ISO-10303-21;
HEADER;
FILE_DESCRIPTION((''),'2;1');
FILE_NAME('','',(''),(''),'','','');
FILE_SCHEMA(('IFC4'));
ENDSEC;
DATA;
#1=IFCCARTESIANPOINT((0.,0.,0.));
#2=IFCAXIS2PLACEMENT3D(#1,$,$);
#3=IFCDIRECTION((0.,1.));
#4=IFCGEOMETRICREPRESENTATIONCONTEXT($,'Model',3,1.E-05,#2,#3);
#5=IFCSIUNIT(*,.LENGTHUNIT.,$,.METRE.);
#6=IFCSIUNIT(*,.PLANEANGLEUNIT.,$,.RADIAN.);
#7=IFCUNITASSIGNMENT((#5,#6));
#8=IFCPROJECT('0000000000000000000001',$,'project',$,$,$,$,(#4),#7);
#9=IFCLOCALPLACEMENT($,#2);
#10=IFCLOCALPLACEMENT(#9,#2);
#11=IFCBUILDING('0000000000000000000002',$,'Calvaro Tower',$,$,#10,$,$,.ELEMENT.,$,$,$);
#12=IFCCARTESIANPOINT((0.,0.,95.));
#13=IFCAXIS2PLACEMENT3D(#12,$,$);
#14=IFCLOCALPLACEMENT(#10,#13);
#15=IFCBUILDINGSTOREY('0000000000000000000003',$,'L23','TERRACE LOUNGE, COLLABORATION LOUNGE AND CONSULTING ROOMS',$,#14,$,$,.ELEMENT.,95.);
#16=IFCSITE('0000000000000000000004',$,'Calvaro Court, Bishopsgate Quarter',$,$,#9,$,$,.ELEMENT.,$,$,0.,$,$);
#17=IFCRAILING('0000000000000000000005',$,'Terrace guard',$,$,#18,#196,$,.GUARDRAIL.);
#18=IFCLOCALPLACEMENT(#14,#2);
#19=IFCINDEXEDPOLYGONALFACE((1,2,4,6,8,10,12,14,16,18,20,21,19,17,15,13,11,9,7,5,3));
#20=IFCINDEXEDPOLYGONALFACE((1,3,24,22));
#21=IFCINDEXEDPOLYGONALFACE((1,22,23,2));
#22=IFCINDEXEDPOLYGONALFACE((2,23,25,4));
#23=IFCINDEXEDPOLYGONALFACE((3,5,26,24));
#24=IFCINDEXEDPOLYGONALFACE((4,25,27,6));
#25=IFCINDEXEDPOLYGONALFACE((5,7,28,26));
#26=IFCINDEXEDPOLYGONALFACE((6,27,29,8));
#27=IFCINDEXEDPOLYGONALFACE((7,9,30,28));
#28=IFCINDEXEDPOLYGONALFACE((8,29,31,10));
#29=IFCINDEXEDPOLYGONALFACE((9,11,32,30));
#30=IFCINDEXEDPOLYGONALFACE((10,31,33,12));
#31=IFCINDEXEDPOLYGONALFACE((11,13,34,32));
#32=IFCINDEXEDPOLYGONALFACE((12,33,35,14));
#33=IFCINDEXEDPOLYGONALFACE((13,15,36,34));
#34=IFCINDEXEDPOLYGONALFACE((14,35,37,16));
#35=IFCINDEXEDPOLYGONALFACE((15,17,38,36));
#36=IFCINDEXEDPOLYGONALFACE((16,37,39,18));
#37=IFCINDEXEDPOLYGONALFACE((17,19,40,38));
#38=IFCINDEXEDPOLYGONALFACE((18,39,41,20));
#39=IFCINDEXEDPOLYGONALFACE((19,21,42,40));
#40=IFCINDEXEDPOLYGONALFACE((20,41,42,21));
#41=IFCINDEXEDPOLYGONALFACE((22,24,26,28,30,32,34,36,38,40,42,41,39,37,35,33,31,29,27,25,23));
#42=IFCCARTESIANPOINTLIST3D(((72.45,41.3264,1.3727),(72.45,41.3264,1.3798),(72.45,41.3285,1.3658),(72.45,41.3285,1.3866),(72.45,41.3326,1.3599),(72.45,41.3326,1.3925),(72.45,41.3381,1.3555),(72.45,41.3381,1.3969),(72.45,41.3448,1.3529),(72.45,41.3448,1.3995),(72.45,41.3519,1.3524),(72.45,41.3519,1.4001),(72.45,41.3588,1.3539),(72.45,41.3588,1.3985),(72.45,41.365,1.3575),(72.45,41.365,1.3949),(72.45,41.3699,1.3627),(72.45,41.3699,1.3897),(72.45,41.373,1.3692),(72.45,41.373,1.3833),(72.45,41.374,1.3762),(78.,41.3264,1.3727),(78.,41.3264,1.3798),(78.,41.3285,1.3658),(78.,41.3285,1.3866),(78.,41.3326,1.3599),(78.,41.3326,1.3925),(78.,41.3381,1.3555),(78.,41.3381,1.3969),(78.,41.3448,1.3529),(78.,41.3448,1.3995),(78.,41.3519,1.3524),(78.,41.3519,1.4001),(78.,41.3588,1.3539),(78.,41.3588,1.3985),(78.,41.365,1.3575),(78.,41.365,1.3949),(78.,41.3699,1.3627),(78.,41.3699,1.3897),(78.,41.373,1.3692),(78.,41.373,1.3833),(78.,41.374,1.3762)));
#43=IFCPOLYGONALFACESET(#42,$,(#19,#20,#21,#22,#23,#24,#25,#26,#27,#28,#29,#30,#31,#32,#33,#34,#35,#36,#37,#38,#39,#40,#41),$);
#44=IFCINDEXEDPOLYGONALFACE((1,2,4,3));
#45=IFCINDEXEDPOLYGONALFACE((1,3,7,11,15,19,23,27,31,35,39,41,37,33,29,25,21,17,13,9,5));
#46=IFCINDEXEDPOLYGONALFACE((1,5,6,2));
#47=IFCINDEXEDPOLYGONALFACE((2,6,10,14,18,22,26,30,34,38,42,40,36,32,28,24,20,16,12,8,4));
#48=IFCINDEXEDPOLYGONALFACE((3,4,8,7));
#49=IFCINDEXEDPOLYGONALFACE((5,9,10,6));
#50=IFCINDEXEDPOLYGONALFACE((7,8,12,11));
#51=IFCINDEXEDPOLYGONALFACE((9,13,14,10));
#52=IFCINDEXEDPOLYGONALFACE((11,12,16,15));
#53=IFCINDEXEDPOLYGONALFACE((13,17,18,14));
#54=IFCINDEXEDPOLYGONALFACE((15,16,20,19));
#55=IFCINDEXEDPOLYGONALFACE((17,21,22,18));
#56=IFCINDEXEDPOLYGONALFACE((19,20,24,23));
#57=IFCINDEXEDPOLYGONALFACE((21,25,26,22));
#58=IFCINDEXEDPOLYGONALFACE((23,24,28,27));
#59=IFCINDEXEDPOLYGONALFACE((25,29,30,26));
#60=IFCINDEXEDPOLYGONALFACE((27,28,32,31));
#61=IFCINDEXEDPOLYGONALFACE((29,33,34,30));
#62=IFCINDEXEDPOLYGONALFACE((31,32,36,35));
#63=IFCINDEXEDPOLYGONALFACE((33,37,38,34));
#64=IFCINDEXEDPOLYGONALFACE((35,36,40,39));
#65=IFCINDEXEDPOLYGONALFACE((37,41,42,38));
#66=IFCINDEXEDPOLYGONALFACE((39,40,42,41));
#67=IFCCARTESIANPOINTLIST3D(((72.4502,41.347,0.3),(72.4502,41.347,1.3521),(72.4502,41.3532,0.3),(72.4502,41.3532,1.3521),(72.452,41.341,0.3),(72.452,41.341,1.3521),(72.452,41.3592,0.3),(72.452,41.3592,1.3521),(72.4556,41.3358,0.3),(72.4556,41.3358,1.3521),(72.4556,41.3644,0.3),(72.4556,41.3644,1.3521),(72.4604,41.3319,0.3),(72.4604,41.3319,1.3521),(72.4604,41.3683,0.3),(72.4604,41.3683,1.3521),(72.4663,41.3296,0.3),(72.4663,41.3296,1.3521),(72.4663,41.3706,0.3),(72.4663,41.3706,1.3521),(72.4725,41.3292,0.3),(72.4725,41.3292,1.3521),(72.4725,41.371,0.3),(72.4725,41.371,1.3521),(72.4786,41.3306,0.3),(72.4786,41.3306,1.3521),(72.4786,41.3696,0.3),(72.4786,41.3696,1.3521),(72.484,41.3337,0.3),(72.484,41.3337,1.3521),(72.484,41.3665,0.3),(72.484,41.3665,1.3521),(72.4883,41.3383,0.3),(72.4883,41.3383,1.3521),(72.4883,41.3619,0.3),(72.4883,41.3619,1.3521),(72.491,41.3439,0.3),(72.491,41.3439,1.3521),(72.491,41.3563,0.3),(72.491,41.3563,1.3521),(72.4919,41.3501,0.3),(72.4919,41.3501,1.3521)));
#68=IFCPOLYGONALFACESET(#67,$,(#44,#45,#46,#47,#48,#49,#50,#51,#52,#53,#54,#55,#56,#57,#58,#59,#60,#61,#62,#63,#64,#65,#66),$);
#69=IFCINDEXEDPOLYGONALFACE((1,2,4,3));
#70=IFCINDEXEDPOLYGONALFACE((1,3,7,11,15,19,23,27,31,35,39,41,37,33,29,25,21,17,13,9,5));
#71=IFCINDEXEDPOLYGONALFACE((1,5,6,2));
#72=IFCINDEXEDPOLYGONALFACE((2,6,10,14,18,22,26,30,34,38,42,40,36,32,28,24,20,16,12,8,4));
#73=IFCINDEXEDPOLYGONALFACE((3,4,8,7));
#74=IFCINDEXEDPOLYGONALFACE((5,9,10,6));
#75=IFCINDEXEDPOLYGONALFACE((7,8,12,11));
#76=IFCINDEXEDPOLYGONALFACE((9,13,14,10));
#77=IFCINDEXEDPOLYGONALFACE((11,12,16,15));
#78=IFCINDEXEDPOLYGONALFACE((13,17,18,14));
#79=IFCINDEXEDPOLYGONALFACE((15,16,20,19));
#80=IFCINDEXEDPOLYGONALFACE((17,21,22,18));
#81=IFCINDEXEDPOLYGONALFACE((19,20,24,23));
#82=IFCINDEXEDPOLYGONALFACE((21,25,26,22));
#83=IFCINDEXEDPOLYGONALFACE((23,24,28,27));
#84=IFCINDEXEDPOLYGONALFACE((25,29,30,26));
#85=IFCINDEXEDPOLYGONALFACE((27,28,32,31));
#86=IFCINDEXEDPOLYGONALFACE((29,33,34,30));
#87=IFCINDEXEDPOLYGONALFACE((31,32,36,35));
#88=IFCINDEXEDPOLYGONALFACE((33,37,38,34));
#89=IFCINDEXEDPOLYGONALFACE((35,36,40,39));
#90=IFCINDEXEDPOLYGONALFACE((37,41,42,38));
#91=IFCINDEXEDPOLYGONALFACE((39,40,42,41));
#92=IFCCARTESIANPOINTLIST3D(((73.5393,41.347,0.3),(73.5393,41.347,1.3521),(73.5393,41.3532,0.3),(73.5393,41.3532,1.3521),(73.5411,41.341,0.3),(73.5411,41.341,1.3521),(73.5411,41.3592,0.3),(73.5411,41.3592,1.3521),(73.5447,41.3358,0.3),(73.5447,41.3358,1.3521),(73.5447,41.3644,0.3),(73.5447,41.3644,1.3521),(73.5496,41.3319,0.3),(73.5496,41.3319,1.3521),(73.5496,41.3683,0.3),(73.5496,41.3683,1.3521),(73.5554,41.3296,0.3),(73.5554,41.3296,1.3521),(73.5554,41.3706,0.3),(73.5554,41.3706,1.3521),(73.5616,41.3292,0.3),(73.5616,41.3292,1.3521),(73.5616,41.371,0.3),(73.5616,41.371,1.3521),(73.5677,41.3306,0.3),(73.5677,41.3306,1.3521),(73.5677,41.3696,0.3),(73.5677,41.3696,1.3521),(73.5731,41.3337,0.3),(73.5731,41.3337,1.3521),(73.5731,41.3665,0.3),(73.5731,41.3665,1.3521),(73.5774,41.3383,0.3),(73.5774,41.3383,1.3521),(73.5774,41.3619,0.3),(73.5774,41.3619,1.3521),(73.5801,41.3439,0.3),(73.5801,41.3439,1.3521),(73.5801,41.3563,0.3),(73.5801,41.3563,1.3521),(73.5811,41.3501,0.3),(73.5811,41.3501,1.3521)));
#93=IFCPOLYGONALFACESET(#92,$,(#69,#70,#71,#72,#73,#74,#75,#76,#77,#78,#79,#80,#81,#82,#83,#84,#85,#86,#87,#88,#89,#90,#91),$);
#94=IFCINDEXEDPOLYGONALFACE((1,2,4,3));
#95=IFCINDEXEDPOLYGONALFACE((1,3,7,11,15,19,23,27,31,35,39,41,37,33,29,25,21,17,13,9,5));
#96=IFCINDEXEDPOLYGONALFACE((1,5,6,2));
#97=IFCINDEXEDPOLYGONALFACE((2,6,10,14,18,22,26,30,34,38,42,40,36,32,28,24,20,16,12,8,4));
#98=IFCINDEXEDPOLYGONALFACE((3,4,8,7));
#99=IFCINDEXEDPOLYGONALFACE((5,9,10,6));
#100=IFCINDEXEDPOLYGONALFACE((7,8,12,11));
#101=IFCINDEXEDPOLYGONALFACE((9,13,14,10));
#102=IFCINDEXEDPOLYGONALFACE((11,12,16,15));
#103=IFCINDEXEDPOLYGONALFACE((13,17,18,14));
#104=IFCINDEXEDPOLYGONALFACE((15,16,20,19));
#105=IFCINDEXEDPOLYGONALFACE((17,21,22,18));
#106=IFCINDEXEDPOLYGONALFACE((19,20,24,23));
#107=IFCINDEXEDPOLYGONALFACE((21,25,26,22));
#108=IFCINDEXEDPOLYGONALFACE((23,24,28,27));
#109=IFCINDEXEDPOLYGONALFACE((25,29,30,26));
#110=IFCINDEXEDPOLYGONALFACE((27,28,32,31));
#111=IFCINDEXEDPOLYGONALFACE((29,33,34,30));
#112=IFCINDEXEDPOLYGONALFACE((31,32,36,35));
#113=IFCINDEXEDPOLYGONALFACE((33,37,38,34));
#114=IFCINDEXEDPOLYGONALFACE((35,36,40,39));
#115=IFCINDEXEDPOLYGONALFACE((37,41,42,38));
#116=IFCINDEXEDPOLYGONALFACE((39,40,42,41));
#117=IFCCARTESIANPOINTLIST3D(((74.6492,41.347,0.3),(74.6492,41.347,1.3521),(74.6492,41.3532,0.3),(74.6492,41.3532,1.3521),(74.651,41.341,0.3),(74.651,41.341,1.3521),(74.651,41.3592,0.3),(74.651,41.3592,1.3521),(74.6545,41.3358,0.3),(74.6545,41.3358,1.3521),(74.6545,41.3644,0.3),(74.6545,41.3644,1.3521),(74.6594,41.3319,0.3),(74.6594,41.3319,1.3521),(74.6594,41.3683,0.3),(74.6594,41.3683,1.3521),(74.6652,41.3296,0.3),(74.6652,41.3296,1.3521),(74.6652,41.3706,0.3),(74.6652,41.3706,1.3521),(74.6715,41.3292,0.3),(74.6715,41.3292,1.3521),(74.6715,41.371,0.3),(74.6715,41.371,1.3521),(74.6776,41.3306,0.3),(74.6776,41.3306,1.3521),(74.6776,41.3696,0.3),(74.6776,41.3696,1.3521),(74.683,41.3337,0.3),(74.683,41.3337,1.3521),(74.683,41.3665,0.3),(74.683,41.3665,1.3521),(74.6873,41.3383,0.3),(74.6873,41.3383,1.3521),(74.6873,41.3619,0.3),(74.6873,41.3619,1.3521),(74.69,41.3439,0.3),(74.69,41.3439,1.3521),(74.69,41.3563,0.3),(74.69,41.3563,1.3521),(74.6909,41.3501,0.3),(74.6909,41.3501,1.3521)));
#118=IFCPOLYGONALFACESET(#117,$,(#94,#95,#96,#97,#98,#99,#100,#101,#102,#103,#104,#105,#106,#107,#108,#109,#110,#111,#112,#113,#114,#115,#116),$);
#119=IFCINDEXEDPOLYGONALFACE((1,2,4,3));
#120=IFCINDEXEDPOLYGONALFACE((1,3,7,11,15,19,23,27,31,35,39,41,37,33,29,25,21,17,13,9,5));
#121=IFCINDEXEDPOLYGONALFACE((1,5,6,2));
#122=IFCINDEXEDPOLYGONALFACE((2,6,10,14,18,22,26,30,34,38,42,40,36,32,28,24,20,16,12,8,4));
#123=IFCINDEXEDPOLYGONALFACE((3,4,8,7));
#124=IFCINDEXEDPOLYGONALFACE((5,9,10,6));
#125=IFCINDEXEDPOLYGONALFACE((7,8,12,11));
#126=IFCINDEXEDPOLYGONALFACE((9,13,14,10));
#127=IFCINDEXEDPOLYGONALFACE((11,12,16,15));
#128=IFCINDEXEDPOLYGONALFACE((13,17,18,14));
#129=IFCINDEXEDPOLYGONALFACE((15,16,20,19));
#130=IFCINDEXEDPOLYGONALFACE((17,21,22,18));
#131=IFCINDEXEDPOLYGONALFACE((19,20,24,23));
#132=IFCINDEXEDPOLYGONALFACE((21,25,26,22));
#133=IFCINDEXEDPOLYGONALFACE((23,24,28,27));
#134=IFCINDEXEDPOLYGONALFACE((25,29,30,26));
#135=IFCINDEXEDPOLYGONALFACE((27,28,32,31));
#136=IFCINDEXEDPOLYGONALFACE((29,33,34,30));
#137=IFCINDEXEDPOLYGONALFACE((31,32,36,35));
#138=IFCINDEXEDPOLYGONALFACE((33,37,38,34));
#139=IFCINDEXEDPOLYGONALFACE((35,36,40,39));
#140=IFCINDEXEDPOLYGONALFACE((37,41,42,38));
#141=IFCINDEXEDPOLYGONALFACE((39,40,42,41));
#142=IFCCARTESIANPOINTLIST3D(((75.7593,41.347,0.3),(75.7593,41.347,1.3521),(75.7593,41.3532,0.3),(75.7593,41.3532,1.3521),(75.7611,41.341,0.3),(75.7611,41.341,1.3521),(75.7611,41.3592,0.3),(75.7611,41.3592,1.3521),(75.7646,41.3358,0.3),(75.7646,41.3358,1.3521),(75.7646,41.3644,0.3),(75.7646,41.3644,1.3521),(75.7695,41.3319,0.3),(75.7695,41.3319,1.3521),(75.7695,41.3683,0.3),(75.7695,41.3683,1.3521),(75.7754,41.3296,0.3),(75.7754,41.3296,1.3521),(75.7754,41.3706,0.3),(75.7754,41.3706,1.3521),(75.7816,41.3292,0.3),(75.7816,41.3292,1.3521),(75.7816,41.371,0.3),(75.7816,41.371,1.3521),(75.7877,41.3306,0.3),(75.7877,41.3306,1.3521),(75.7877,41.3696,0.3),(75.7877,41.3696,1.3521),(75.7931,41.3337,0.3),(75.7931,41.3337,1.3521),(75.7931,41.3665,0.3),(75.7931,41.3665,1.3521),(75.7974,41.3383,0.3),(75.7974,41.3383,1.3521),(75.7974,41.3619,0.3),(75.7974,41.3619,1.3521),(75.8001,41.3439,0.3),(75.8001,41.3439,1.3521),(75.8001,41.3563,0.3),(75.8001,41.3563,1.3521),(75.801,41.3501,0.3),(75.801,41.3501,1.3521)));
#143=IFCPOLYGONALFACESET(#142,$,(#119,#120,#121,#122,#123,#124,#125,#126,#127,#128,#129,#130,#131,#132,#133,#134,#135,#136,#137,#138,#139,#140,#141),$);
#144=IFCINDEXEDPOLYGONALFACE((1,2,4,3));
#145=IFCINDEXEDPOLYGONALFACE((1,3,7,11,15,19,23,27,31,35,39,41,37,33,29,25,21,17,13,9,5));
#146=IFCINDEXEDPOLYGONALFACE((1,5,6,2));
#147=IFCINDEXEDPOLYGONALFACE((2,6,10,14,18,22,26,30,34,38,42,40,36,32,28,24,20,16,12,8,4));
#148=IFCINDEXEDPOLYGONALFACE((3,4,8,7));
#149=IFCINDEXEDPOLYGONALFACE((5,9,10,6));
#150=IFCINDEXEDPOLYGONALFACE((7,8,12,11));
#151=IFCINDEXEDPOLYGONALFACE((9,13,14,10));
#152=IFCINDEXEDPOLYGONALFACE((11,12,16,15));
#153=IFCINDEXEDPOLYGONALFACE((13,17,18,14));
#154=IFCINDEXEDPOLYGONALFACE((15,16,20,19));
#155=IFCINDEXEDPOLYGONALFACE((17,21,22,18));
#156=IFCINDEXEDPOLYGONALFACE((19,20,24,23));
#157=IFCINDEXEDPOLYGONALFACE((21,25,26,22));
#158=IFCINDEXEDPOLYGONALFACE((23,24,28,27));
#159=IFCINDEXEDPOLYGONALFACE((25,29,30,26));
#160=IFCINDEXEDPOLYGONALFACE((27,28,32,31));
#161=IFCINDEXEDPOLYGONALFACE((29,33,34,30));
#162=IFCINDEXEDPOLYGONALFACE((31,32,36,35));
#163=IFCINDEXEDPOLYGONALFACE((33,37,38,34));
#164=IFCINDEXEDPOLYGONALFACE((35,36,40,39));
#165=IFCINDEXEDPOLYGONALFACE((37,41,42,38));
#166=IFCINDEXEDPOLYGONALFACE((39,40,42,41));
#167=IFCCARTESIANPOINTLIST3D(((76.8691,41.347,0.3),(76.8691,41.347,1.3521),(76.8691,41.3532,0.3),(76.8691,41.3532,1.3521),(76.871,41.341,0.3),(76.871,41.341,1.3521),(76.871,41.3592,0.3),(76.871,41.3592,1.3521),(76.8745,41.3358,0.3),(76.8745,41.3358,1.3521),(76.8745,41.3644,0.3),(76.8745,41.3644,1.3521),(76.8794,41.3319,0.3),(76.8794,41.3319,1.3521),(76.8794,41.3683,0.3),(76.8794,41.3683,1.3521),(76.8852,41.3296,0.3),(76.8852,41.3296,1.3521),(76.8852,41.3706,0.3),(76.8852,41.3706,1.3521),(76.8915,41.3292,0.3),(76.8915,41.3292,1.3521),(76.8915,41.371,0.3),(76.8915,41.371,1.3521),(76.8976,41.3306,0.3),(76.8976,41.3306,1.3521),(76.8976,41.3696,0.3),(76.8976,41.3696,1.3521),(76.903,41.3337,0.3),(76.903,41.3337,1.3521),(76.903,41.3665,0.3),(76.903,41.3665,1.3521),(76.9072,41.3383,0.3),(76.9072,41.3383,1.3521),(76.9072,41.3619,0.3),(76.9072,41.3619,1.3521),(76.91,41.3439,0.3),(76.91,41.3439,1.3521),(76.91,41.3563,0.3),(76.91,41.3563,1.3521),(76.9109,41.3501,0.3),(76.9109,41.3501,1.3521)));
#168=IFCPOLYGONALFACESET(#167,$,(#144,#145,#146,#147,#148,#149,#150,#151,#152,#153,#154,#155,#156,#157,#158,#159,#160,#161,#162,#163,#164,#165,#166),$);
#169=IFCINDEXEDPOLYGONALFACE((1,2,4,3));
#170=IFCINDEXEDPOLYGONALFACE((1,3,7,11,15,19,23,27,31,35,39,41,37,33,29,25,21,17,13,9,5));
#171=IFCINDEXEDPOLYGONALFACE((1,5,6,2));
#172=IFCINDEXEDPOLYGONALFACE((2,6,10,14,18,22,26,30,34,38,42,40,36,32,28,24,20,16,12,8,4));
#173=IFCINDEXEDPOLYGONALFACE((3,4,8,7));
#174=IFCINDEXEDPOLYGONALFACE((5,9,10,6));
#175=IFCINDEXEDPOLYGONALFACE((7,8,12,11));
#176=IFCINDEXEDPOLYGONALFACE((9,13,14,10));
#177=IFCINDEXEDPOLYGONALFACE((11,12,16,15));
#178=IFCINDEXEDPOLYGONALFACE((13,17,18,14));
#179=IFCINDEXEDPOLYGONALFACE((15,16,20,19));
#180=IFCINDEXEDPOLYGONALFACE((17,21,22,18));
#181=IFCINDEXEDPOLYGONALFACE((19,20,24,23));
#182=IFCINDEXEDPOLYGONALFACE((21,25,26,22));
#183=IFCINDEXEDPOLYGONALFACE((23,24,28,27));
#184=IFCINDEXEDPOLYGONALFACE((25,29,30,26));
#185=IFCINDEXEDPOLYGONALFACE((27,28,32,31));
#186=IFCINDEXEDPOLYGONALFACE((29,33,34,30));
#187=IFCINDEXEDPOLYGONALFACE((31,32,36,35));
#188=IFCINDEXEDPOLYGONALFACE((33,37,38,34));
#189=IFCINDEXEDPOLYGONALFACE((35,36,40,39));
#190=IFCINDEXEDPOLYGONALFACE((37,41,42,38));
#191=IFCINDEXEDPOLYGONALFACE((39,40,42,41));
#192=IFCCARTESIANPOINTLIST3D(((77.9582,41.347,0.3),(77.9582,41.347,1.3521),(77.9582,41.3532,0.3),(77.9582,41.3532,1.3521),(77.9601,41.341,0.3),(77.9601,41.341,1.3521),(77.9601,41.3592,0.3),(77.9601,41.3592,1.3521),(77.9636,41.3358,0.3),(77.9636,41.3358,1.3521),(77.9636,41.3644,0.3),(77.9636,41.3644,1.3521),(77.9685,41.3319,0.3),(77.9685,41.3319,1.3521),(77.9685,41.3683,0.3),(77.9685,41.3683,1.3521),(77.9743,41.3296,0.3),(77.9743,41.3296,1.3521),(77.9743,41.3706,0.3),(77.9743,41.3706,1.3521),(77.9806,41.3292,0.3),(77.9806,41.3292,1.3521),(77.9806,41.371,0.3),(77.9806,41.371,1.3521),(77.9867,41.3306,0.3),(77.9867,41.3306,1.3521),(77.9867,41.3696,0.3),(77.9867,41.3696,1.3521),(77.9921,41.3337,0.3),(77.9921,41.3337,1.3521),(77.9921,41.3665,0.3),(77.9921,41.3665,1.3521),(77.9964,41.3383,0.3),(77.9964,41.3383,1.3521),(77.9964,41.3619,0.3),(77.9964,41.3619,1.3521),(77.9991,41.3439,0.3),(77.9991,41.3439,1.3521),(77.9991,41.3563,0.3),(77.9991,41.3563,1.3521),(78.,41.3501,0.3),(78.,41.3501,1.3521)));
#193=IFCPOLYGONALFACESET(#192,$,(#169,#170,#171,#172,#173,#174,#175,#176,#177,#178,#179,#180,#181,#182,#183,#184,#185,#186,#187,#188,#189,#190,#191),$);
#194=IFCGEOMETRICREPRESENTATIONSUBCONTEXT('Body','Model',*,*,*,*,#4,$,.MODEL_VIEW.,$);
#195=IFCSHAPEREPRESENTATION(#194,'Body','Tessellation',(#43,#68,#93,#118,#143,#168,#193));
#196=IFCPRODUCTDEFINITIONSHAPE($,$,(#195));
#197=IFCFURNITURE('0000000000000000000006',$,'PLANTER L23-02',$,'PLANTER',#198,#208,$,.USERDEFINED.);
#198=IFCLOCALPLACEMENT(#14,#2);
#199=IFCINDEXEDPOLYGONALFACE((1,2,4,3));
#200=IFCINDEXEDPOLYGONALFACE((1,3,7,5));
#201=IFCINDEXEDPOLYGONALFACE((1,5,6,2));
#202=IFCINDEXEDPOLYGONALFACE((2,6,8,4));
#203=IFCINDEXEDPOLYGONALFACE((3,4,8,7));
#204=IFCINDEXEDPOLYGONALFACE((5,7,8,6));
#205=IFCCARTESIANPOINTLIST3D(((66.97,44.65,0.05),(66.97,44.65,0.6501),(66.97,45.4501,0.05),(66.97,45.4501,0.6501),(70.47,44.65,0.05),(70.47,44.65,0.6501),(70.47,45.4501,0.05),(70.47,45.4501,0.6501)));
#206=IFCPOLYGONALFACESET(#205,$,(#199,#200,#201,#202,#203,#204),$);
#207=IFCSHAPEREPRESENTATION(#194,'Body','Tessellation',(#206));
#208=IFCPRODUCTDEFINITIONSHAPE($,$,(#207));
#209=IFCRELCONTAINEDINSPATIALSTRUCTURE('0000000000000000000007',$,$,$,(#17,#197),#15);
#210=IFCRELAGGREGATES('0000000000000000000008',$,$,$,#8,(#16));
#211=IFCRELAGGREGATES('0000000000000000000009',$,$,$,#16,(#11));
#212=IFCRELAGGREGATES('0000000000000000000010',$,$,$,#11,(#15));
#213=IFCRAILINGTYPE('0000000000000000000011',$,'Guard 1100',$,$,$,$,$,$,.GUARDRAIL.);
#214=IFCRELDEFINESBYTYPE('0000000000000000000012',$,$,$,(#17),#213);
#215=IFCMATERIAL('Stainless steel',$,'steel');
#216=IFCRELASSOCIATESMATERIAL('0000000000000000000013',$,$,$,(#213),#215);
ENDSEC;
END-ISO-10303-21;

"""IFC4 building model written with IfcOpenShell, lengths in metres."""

from ifc_helpers import new_model, si_unit, direction, frame, origin, origin_2d, place, context, subcontext, project, spatial, rectangle, circle, extrude, material, type_object, element, save


model = new_model("IFC4")

# Units and contexts
model_context = context("Model", 3, precision=1e-05, world=origin(), true_north=direction((0.0, 1.0)))
body_context = subcontext(model_context, "Body", "Model", "MODEL_VIEW")
ifc_project = project(units=[si_unit("LENGTHUNIT", "METRE"), si_unit("PLANEANGLEUNIT", "RADIAN")], contexts=[model_context])

# Site, building, storey
site_placement = place(None, origin())
site = spatial("IfcSite", under=ifc_project, at=site_placement, Name="Calvaro Court, Bishopsgate Quarter", CompositionType="ELEMENT", RefElevation=0.0)
building_placement = place(site_placement, origin())
building = spatial("IfcBuilding", under=site, at=building_placement, Name="Calvaro Tower", CompositionType="ELEMENT")
storey_placement = place(building_placement, frame((0.0, 0.0, 95.0)))
storey = spatial("IfcBuildingStorey", under=building, at=storey_placement, Name="L23", Description="TERRACE LOUNGE, COLLABORATION LOUNGE AND CONSULTING ROOMS", CompositionType="ELEMENT", Elevation=95.0)

# Railing
ifc_material_1 = material(Name="Stainless steel", Category="steel")
railing_type = type_object("IfcRailingType", Name="Guard 1100", PredefinedType="GUARDRAIL", material=ifc_material_1)
railing_1_placement = place(storey_placement, frame((72.45, 41.3501, 0.3)))
element("IfcRailing", 1, at=railing_1_placement, inside=storey, type_object=railing_type, Name="Terrace guard", PredefinedType="GUARDRAIL", context=body_context, shape_type="SweptSolid", body=[
    extrude(circle(Radius=0.0239, at=origin_2d()), frame((0.0, 0.0, 1.0762), z_axis=(1.0, 0.0, 0.0), x_axis=(0.0, 1.0, 0.0)), (0.0, 0.0, 1.0), 5.55),
    extrude(circle(Radius=0.021, at=origin_2d()), frame((0.021, 0.0, 0.0)), (0.0, 0.0, 1.0), 1.052),
    extrude(circle(Radius=0.021, at=origin_2d()), frame((1.1101, 0.0, 0.0)), (0.0, 0.0, 1.0), 1.052),
    extrude(circle(Radius=0.021, at=origin_2d()), frame((2.22, 0.0, 0.0)), (0.0, 0.0, 1.0), 1.052),
    extrude(circle(Radius=0.021, at=origin_2d()), frame((3.3301, 0.0, 0.0)), (0.0, 0.0, 1.0), 1.052),
    extrude(circle(Radius=0.021, at=origin_2d()), frame((4.4399, 0.0, 0.0)), (0.0, 0.0, 1.0), 1.052),
    extrude(circle(Radius=0.021, at=origin_2d()), frame((5.5291, 0.0, 0.0)), (0.0, 0.0, 1.0), 1.052),
])

# Furniture
furniture_1_placement = place(storey_placement, frame((68.72, 45.05, 0.05), z_axis=(0.0, 0.0, 1.0), x_axis=(1.0, 0.0, 0.0)))
element("IfcFurniture", 2, at=furniture_1_placement, inside=storey, Name="PLANTER L23-02", ObjectType="PLANTER", PredefinedType="USERDEFINED", context=body_context, shape_type="SweptSolid", body=[
    extrude(rectangle(XDim=3.5, YDim=0.8, at=origin_2d()), origin(), (0.0, 0.0, 1.0), 0.6001),
])

save(model, "model.ifc")
